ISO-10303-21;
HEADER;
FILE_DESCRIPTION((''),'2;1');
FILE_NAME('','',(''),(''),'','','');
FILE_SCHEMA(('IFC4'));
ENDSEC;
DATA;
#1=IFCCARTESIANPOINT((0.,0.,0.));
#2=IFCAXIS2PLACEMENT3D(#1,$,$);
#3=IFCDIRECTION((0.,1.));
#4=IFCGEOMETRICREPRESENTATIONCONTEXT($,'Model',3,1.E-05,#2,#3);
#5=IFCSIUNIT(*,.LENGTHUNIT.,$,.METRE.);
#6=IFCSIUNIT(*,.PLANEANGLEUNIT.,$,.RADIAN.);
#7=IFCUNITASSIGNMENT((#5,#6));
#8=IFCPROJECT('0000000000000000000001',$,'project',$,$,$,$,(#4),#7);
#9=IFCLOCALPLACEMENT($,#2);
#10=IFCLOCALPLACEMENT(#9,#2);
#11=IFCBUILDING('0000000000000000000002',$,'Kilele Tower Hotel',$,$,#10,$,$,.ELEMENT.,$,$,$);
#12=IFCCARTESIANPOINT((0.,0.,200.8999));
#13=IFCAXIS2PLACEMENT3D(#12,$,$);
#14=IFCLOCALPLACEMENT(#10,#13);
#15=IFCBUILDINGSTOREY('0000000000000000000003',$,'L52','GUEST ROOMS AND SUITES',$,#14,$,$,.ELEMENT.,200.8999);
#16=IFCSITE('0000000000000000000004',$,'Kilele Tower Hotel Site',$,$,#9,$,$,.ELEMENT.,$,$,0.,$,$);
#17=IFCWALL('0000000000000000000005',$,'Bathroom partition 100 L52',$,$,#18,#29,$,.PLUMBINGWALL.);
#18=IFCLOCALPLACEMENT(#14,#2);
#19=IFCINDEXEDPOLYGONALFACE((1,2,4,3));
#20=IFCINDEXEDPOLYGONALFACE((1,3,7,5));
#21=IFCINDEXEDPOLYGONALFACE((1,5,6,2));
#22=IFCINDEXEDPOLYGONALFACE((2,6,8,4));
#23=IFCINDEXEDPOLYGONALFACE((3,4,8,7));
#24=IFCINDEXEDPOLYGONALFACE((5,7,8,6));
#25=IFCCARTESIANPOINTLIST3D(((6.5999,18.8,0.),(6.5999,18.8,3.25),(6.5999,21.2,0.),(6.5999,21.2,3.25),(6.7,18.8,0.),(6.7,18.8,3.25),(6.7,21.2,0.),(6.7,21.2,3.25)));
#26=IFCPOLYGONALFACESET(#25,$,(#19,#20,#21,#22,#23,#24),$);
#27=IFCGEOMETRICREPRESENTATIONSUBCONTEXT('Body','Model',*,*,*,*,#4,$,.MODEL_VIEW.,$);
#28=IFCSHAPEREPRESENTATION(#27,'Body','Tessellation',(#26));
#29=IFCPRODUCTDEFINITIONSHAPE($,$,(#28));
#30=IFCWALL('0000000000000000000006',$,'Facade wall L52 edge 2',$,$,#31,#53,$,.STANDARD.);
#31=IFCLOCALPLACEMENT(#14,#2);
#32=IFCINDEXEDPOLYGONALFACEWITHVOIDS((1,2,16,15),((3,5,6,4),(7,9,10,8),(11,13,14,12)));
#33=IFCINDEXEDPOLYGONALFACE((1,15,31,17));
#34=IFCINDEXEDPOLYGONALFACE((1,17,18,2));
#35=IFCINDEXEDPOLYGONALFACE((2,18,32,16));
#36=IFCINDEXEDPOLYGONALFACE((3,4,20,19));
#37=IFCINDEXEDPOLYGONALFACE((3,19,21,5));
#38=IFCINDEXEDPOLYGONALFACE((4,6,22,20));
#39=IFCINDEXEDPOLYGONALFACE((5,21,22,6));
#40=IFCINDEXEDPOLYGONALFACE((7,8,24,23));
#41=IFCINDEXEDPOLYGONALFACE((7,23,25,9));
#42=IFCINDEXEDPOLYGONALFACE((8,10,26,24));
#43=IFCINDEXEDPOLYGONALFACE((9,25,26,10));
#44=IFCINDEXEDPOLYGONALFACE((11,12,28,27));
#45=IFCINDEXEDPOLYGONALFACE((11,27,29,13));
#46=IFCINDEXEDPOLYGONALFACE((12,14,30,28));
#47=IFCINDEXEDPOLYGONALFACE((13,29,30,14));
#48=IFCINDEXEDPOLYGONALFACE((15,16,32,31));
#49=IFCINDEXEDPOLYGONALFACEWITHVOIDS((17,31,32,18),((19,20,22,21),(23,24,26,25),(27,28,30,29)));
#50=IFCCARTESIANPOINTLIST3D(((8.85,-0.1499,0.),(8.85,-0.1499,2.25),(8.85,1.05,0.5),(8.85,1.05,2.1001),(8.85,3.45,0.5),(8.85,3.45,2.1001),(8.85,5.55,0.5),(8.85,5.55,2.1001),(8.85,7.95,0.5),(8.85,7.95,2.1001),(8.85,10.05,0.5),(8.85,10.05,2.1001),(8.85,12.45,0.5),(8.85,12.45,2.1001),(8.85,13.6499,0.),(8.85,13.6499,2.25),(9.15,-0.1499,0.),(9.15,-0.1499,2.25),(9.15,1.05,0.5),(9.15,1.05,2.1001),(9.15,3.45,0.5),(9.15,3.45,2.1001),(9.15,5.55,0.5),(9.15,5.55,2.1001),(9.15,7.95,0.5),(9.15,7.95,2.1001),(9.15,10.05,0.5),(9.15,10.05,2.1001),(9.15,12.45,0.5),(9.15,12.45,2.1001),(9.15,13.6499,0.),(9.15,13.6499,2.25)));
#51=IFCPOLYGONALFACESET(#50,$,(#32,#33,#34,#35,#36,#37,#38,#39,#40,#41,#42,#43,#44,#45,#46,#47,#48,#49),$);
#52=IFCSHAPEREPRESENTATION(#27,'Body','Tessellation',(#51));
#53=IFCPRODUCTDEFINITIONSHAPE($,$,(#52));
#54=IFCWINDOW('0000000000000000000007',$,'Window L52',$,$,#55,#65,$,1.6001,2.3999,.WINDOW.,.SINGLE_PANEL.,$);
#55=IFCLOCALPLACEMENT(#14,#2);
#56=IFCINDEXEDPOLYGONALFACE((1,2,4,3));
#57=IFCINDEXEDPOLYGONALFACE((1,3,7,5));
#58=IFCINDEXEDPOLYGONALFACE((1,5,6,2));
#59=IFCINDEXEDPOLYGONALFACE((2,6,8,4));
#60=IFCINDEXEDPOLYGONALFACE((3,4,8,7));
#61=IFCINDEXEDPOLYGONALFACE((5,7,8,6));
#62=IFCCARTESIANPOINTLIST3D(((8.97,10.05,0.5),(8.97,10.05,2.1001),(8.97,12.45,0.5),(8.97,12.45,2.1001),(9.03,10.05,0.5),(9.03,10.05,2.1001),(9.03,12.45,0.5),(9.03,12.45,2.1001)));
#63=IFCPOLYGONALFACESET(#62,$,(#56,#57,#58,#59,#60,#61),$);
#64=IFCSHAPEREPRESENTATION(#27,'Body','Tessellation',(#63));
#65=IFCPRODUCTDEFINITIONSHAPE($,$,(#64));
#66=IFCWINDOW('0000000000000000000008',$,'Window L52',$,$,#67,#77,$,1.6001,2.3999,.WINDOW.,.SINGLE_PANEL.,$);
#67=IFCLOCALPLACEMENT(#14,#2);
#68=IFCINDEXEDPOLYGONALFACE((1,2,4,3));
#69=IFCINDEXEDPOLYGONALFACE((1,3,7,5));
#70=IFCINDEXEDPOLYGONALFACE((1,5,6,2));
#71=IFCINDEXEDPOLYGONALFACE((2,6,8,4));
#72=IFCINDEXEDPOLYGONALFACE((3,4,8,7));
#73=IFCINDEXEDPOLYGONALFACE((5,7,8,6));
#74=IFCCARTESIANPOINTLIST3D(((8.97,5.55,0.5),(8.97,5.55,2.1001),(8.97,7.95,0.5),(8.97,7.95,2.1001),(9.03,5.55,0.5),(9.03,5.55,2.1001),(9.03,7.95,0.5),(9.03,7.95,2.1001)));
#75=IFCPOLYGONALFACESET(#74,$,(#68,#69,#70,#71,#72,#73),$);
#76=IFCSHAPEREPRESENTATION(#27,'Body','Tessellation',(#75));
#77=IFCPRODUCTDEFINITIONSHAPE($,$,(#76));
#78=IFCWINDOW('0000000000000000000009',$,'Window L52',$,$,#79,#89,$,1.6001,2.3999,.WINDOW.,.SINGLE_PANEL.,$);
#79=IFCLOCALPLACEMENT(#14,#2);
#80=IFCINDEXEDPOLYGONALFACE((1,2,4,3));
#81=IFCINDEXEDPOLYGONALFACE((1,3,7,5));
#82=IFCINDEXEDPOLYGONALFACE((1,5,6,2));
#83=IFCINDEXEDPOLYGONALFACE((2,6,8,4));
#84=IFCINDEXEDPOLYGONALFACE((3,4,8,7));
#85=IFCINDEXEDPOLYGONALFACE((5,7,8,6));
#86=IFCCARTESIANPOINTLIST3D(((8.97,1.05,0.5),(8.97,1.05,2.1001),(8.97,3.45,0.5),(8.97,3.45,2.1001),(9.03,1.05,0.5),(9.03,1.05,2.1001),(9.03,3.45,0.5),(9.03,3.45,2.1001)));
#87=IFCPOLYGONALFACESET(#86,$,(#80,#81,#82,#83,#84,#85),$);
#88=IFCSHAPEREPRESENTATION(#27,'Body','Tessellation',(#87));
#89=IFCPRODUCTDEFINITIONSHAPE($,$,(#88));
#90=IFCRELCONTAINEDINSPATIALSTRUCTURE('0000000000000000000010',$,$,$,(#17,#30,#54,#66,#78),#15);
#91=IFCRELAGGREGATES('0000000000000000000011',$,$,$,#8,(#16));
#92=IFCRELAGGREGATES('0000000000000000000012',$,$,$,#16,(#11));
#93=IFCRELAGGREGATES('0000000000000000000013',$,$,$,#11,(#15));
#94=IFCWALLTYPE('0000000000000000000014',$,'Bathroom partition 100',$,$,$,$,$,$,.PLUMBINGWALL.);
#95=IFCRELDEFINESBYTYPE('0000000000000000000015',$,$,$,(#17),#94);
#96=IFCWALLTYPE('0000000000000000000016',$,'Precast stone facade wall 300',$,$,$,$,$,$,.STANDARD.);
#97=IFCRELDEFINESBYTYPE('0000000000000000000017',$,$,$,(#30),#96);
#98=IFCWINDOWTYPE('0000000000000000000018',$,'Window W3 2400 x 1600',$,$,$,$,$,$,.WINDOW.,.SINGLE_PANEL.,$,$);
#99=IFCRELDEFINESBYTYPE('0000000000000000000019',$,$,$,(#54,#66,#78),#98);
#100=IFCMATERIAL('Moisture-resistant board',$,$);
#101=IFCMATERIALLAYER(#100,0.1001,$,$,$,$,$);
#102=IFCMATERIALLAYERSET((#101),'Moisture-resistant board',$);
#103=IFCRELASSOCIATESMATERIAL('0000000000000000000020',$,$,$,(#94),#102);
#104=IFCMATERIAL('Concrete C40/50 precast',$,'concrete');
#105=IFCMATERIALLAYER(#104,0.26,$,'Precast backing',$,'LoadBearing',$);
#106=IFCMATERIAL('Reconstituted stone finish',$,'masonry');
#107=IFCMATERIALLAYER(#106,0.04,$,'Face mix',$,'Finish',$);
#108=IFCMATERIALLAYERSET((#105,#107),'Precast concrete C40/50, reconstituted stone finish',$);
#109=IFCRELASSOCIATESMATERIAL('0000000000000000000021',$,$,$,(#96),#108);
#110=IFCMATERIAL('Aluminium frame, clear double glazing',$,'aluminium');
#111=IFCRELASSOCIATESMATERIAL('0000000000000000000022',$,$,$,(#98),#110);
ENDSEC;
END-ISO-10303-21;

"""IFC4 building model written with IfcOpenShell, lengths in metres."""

from ifc_helpers import new_model, si_unit, direction, frame, frame_2d, origin, place, context, subcontext, project, spatial, rectangle, extrude, material, layer, layer_set, type_object, element, fill, save


model = new_model("IFC4")

# Units and contexts
model_context = context("Model", 3, precision=1e-05, world=origin(), true_north=direction((0.0, 1.0)))
body_context = subcontext(model_context, "Body", "Model", "MODEL_VIEW")
ifc_project = project(units=[si_unit("LENGTHUNIT", "METRE"), si_unit("PLANEANGLEUNIT", "RADIAN")], contexts=[model_context])

# Site, building, storey
site_placement = place(None, origin())
site = spatial("IfcSite", under=ifc_project, at=site_placement, Name="Kilele Tower Hotel Site", CompositionType="ELEMENT", RefElevation=0.0)
building_placement = place(site_placement, origin())
building = spatial("IfcBuilding", under=site, at=building_placement, Name="Kilele Tower Hotel", CompositionType="ELEMENT")
storey_placement = place(building_placement, frame((0.0, 0.0, 200.8999)))
storey = spatial("IfcBuildingStorey", under=building, at=storey_placement, Name="L52", Description="GUEST ROOMS AND SUITES", CompositionType="ELEMENT", Elevation=200.8999)

# Shared definitions
ifc_material_1 = material(Name="Moisture-resistant board")
ifc_layer_1 = layer(ifc_material_1, 0.1001)
ifc_layer_set_1 = layer_set([ifc_layer_1], Name="Moisture-resistant board")
wall_type_1 = type_object("IfcWallType", Name="Bathroom partition 100", PredefinedType="PLUMBINGWALL", material=ifc_layer_set_1)

# Wall
for number, where, z_axis, x_axis, name in (
    (1, (6.6499, 18.8, 0.0), (0.0, 0.0, 1.0), (0.0, 1.0, 0.0), "Bathroom partition 100 L52"),
):
    element("IfcWall", number, at=place(storey_placement, frame(where, z_axis=z_axis, x_axis=x_axis)), inside=storey, type_object=wall_type_1, Name=name, PredefinedType="PLUMBINGWALL", context=body_context, shape_type="SweptSolid", body=[
        extrude(rectangle(XDim=2.3999, YDim=0.1001, at=frame_2d((1.2, 0.0))), origin(), (0.0, 0.0, 1.0), 3.25),
    ])

# Wall, openings, windows
ifc_material_2 = material(Name="Concrete C40/50 precast", Category="concrete")
ifc_layer_2 = layer(ifc_material_2, 0.26, Name="Precast backing", Category="LoadBearing")
ifc_material_3 = material(Name="Reconstituted stone finish", Category="masonry")
ifc_layer_3 = layer(ifc_material_3, 0.04, Name="Face mix", Category="Finish")
ifc_layer_set_2 = layer_set([ifc_layer_2, ifc_layer_3], Name="Precast concrete C40/50, reconstituted stone finish")
wall_type_2 = type_object("IfcWallType", Name="Precast stone facade wall 300", PredefinedType="STANDARD", material=ifc_layer_set_2)
wall_1_placement = place(storey_placement, frame((9.0, 13.6499, 0.0), z_axis=(0.0, 0.0, 1.0), x_axis=(0.0, -1.0, 0.0)))
wall_1 = element("IfcWall", 2, at=wall_1_placement, inside=storey, type_object=wall_type_2, Name="Facade wall L52 edge 2", PredefinedType="STANDARD", context=body_context, shape_type="SweptSolid", body=[
    extrude(rectangle(XDim=13.7998, YDim=0.3, at=frame_2d((6.8999, 0.0))), origin(), (0.0, 0.0, 1.0), 2.25),
])
opening_1_placement = place(wall_1_placement, frame((1.2, 0.0, 0.5)))
opening_1 = element("IfcOpeningElement", 3, at=opening_1_placement, cuts=wall_1, PredefinedType="OPENING", context=body_context, shape_type="SweptSolid", body=[
    extrude(rectangle(XDim=2.3999, YDim=1.6001, at=frame_2d((1.2, 0.8))), frame((0.0, 0.1599, 0.0), z_axis=(0.0, -1.0, 0.0), x_axis=(1.0, 0.0, 0.0)), (0.0, 0.0, 1.0), 0.3201),
])
opening_2_placement = place(wall_1_placement, frame((5.7, 0.0, 0.5)))
opening_2 = element("IfcOpeningElement", 4, at=opening_2_placement, cuts=wall_1, PredefinedType="OPENING", context=body_context, shape_type="SweptSolid", body=[
    extrude(rectangle(XDim=2.3999, YDim=1.6001, at=frame_2d((1.2, 0.8))), frame((0.0, 0.1599, 0.0), z_axis=(0.0, -1.0, 0.0), x_axis=(1.0, 0.0, 0.0)), (0.0, 0.0, 1.0), 0.3201),
])
opening_3_placement = place(wall_1_placement, frame((10.2, 0.0, 0.5)))
opening_3 = element("IfcOpeningElement", 5, at=opening_3_placement, cuts=wall_1, PredefinedType="OPENING", context=body_context, shape_type="SweptSolid", body=[
    extrude(rectangle(XDim=2.3999, YDim=1.6001, at=frame_2d((1.2, 0.8))), frame((0.0, 0.1599, 0.0), z_axis=(0.0, -1.0, 0.0), x_axis=(1.0, 0.0, 0.0)), (0.0, 0.0, 1.0), 0.3201),
])
ifc_material_4 = material(Name="Aluminium frame, clear double glazing", Category="aluminium")
window_type = type_object("IfcWindowType", Name="Window W3 2400 x 1600", PartitioningType="SINGLE_PANEL", PredefinedType="WINDOW", material=ifc_material_4)
window_1_placement = place(opening_1_placement, origin())
window_1 = element("IfcWindow", 6, at=window_1_placement, inside=storey, type_object=window_type, Name="Window L52", OverallHeight=1.6001, OverallWidth=2.3999, PartitioningType="SINGLE_PANEL", PredefinedType="WINDOW", context=body_context, shape_type="SweptSolid", body=[
    extrude(rectangle(XDim=2.3999, YDim=1.6001, at=frame_2d((1.2, 0.8))), frame((0.0, 0.03, 0.0), z_axis=(0.0, -1.0, 0.0), x_axis=(1.0, 0.0, 0.0)), (0.0, 0.0, 1.0), 0.0601),
])
fill(opening_1, window_1)
window_2_placement = place(opening_2_placement, origin())
window_2 = element("IfcWindow", 7, at=window_2_placement, inside=storey, type_object=window_type, Name="Window L52", OverallHeight=1.6001, OverallWidth=2.3999, PartitioningType="SINGLE_PANEL", PredefinedType="WINDOW", context=body_context, shape_type="SweptSolid", body=[
    extrude(rectangle(XDim=2.3999, YDim=1.6001, at=frame_2d((1.2, 0.8))), frame((0.0, 0.03, 0.0), z_axis=(0.0, -1.0, 0.0), x_axis=(1.0, 0.0, 0.0)), (0.0, 0.0, 1.0), 0.0601),
])
fill(opening_2, window_2)
window_3_placement = place(opening_3_placement, origin())
window_3 = element("IfcWindow", 8, at=window_3_placement, inside=storey, type_object=window_type, Name="Window L52", OverallHeight=1.6001, OverallWidth=2.3999, PartitioningType="SINGLE_PANEL", PredefinedType="WINDOW", context=body_context, shape_type="SweptSolid", body=[
    extrude(rectangle(XDim=2.3999, YDim=1.6001, at=frame_2d((1.2, 0.8))), frame((0.0, 0.03, 0.0), z_axis=(0.0, -1.0, 0.0), x_axis=(1.0, 0.0, 0.0)), (0.0, 0.0, 1.0), 0.0601),
])
fill(opening_3, window_3)

save(model, "model.ifc")
